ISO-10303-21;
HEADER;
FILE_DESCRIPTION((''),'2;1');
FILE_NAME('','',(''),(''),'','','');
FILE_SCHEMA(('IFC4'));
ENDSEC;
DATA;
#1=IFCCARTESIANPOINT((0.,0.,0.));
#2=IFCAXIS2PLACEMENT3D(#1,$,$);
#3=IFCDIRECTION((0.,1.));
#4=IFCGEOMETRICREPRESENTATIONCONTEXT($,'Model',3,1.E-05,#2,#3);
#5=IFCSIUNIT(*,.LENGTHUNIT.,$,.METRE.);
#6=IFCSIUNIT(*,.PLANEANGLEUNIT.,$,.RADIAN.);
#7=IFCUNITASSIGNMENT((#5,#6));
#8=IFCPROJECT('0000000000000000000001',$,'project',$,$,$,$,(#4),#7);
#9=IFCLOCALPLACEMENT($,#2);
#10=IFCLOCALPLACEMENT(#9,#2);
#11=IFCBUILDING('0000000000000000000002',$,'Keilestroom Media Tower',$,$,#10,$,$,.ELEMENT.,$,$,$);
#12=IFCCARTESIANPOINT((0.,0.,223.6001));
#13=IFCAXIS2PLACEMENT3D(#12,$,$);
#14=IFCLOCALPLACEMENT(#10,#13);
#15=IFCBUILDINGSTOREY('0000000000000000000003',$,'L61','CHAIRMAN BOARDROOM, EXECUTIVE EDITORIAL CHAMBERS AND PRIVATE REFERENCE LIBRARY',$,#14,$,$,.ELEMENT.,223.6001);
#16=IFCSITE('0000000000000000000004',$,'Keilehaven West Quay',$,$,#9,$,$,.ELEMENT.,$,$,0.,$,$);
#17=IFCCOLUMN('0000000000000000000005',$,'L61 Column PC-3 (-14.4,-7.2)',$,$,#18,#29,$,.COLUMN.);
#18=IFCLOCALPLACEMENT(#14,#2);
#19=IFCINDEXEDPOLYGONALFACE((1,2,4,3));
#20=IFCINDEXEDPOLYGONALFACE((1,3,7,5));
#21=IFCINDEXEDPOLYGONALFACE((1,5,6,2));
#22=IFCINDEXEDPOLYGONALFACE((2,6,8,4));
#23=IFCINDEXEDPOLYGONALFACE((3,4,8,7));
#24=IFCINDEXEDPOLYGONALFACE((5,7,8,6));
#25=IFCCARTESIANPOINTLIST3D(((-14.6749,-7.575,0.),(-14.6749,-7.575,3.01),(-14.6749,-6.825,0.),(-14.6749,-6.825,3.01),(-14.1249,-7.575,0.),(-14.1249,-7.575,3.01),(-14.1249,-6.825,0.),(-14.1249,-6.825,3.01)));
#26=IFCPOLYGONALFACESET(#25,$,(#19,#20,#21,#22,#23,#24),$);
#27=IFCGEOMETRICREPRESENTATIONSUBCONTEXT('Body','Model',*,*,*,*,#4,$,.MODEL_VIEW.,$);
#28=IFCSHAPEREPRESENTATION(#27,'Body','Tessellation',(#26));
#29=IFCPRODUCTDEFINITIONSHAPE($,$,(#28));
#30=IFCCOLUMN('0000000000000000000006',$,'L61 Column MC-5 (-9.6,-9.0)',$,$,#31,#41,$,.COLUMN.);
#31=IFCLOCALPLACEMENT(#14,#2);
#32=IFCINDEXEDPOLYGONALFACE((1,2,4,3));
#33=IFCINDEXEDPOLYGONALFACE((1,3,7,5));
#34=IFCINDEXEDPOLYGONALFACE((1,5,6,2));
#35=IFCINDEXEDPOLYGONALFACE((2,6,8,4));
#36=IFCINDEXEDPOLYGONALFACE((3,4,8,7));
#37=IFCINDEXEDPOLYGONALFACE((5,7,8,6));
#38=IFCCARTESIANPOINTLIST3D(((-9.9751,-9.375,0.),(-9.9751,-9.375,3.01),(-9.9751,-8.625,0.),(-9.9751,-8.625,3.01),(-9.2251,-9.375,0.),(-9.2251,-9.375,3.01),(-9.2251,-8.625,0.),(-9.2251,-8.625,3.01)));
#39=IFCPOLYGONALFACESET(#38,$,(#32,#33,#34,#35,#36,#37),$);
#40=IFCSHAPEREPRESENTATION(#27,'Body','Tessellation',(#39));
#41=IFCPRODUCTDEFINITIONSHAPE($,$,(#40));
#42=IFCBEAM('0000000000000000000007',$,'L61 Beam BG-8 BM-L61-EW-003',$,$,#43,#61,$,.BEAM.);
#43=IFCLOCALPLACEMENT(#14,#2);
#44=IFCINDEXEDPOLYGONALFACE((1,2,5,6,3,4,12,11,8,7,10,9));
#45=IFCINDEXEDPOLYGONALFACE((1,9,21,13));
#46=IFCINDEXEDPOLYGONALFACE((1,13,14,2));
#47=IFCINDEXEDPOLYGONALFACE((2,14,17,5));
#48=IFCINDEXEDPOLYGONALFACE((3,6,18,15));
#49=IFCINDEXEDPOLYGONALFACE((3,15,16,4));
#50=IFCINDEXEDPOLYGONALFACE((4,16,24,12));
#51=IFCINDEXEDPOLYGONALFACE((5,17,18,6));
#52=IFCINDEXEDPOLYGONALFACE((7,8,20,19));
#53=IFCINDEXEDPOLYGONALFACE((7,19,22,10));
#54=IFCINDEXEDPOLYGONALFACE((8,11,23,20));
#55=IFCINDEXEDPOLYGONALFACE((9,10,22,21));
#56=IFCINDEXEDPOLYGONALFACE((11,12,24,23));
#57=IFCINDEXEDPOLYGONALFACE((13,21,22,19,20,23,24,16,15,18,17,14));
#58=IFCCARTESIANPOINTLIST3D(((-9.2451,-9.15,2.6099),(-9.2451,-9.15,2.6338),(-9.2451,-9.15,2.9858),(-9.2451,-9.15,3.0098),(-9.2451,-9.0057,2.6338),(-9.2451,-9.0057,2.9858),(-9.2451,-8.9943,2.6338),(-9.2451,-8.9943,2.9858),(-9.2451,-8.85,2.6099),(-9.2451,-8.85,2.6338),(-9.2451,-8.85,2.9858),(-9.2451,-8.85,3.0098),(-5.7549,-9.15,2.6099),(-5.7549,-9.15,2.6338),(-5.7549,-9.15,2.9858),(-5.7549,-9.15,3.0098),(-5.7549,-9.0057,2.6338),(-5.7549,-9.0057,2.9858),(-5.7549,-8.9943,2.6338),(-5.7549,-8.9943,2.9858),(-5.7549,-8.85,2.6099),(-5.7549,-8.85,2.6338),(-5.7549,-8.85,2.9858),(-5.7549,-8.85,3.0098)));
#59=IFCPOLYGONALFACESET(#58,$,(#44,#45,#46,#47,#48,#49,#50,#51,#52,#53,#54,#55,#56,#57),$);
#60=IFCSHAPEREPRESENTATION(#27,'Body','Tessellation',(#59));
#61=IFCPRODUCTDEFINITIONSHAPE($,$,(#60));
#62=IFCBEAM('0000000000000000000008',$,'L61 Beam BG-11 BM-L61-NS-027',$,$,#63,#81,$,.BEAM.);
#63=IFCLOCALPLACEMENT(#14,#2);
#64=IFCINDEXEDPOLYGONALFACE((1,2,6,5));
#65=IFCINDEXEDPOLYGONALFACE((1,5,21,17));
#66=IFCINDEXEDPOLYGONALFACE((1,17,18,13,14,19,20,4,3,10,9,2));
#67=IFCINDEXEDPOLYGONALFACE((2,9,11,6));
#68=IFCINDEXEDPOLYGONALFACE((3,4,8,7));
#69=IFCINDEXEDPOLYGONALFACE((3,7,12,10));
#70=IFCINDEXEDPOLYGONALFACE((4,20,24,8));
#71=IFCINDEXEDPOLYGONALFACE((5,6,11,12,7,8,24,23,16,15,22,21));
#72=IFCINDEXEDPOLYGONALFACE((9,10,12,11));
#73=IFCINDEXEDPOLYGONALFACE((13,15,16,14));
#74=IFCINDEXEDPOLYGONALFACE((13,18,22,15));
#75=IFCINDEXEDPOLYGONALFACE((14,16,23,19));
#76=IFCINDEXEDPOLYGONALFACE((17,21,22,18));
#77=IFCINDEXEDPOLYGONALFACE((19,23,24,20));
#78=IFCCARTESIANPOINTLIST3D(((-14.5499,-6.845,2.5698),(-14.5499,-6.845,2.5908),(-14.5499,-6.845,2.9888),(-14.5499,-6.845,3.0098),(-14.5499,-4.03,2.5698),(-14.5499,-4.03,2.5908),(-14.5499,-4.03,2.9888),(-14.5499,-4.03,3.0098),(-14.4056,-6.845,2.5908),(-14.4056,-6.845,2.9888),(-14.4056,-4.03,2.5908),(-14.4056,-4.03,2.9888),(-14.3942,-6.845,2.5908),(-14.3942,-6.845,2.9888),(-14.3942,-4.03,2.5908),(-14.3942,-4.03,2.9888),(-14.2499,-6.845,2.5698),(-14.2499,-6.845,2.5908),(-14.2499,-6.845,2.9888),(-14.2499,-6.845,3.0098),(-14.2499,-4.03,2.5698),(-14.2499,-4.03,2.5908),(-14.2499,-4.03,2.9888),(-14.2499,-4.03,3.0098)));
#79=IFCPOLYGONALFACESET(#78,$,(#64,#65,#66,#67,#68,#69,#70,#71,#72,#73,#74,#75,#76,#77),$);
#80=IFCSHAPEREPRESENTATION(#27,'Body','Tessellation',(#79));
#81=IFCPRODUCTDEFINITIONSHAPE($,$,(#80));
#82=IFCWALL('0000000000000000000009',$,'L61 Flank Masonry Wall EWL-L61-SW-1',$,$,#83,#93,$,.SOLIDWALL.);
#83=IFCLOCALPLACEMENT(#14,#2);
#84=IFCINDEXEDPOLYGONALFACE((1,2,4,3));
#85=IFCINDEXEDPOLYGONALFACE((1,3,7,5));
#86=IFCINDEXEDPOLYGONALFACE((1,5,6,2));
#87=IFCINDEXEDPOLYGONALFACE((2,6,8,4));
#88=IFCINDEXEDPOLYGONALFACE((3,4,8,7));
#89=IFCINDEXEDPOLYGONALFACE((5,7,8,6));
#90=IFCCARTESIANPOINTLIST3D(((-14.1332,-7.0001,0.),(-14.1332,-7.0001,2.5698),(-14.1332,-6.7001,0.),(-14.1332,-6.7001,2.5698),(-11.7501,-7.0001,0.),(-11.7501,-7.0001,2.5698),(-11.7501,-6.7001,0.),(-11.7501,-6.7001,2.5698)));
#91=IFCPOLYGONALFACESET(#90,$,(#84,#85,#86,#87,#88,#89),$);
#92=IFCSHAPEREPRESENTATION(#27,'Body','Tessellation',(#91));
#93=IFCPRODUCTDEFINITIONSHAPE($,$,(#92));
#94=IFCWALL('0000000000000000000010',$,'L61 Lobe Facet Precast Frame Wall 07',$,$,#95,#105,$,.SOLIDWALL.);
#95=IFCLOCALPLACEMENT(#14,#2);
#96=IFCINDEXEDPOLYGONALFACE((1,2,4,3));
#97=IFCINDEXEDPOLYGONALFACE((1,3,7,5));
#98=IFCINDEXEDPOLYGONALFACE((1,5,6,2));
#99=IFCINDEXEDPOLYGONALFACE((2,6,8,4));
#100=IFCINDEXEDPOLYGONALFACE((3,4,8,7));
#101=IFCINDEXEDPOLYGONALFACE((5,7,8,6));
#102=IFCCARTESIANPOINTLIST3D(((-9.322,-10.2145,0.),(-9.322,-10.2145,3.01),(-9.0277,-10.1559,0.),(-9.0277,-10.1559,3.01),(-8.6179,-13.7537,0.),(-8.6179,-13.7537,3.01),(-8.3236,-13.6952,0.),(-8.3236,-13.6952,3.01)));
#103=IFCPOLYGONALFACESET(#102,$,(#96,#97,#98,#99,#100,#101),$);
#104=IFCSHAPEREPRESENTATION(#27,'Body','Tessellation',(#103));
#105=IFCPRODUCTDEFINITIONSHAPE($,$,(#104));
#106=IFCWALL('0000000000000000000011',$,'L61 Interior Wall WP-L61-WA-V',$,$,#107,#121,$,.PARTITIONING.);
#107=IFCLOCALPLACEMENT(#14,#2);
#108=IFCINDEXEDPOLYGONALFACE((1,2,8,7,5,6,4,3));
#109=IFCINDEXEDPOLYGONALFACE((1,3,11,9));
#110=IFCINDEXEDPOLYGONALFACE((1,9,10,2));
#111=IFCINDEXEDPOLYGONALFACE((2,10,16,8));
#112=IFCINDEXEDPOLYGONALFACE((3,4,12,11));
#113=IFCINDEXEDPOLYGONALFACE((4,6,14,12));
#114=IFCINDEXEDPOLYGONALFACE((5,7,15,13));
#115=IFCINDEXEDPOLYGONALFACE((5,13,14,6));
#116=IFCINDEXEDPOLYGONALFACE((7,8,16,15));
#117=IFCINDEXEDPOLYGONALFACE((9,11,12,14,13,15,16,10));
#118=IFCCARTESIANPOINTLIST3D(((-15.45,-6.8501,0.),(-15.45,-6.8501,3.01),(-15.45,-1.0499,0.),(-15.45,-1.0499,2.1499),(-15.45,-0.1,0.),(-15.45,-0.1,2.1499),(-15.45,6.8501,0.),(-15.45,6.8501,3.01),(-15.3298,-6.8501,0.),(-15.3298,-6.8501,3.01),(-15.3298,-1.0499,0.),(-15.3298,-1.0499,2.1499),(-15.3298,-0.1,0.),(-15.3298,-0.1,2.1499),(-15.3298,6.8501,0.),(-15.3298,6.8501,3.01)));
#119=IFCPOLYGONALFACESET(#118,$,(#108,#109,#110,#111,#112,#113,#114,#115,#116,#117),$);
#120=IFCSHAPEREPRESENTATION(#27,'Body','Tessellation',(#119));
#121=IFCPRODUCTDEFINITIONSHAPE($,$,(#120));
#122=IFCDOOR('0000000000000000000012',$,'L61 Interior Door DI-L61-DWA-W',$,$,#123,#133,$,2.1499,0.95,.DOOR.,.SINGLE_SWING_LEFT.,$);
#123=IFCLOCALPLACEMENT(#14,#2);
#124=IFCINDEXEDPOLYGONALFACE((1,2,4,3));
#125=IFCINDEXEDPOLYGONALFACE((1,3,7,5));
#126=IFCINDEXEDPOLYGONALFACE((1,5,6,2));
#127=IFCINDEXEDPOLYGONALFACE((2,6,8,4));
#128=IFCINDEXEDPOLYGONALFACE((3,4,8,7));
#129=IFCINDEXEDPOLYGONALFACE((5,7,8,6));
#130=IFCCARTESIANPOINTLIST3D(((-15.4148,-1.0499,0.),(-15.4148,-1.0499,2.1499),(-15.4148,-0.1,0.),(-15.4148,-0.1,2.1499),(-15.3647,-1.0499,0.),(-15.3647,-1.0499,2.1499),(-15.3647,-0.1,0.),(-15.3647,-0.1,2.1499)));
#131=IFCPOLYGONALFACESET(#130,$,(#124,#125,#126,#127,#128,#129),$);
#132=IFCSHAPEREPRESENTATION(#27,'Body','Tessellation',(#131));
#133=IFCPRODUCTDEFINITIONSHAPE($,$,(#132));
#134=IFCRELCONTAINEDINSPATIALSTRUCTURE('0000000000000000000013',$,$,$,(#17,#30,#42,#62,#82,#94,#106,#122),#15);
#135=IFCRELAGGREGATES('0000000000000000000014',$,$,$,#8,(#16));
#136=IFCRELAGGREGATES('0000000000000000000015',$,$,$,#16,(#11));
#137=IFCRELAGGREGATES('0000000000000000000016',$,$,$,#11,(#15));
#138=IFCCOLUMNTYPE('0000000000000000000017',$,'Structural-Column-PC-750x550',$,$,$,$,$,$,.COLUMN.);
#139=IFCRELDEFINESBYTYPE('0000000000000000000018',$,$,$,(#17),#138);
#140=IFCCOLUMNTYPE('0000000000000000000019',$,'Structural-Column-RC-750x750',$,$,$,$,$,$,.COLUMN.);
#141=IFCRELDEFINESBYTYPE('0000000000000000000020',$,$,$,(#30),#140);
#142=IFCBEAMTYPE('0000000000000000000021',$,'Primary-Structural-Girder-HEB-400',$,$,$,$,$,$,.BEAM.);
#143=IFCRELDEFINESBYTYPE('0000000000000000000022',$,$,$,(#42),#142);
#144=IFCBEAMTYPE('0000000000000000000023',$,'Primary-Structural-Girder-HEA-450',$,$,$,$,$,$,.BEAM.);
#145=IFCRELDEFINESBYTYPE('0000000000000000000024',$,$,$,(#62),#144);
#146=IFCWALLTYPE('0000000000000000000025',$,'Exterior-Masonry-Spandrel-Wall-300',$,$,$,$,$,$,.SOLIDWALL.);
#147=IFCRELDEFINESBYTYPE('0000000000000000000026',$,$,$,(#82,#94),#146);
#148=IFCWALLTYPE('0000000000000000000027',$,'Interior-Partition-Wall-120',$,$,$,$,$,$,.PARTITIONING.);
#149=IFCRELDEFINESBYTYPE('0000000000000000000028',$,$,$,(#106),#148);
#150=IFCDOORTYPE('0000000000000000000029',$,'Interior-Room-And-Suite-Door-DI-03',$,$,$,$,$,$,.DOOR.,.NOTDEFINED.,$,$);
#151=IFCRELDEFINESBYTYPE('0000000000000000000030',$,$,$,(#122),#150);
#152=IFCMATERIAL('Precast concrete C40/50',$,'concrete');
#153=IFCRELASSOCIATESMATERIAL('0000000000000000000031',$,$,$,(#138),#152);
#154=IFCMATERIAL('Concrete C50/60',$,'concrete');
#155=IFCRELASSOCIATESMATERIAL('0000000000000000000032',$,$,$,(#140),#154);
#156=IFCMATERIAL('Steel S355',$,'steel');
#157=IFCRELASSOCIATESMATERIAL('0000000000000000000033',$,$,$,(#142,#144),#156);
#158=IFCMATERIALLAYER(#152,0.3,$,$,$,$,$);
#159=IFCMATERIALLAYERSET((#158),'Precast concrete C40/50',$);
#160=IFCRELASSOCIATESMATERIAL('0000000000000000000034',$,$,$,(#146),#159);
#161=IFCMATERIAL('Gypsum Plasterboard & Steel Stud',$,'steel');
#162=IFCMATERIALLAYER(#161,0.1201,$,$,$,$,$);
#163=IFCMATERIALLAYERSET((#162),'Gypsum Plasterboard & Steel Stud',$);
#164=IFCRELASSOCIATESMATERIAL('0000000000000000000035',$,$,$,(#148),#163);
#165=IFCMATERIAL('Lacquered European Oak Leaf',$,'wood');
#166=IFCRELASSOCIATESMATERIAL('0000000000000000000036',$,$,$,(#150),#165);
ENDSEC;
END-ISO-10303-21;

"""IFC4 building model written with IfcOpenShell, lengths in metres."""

from ifc_helpers import new_model, si_unit, direction, frame, frame_2d, origin, origin_2d, place, context, subcontext, project, spatial, rectangle, i_section, extrude, source, transform, mapped, material, layer, layer_set, material_profile, profile_set, type_object, element, fill, save


model = new_model("IFC4")

# Units and contexts
model_context = context("Model", 3, precision=1e-05, world=origin(), true_north=direction((0.0, 1.0)))
body_context = subcontext(model_context, "Body", "Model", "MODEL_VIEW")
ifc_project = project(units=[si_unit("LENGTHUNIT", "METRE"), si_unit("PLANEANGLEUNIT", "RADIAN")], contexts=[model_context])

# Site, building, storey
site_placement = place(None, origin())
site = spatial("IfcSite", under=ifc_project, at=site_placement, Name="Keilehaven West Quay", CompositionType="ELEMENT", RefElevation=0.0)
building_placement = place(site_placement, origin())
building = spatial("IfcBuilding", under=site, at=building_placement, Name="Keilestroom Media Tower", CompositionType="ELEMENT")
storey_placement = place(building_placement, frame((0.0, 0.0, 223.6001)))
storey = spatial("IfcBuildingStorey", under=building, at=storey_placement, Name="L61", Description="CHAIRMAN BOARDROOM, EXECUTIVE EDITORIAL CHAMBERS AND PRIVATE REFERENCE LIBRARY", CompositionType="ELEMENT", Elevation=223.6001)

# Columns
ifc_material_1 = material(Name="Precast concrete C40/50", Category="concrete")
ifc_material_profile_1 = material_profile(ifc_material_1, rectangle(XDim=0.55, YDim=0.75, at=origin_2d()), Name="PC 750x550")
ifc_profile_set_1 = profile_set([ifc_material_profile_1], Name="Precast concrete C40/50")
column_type_1 = type_object("IfcColumnType", Name="Structural-Column-PC-750x550", PredefinedType="COLUMN", material=ifc_profile_set_1)
shared_shape_1 = source(origin(), body_context, "Body", "SweptSolid", [
    extrude(rectangle(XDim=0.55, YDim=0.75, at=origin_2d()), origin(), (0.0, 0.0, 1.0), 3.01),
])
column_1_placement = place(storey_placement, frame((-14.3999, -7.2, 0.0), z_axis=(0.0, 0.0, 1.0), x_axis=(1.0, 0.0, 0.0)))
element("IfcColumn", 1, at=column_1_placement, inside=storey, type_object=column_type_1, Name="L61 Column PC-3 (-14.4,-7.2)", PredefinedType="COLUMN", context=body_context, shape_type="MappedRepresentation", body=[
    mapped(shared_shape_1, transform((0.0, 0.0, 0.0), x_axis=(1.0, 0.0, 0.0), y_axis=(0.0, 1.0, 0.0), z_axis=(0.0, 0.0, 1.0), scale=1.0)),
])
ifc_material_2 = material(Name="Concrete C50/60", Category="concrete")
ifc_material_profile_2 = material_profile(ifc_material_2, rectangle(XDim=0.75, YDim=0.75, at=origin_2d()), Name="RC 750x750")
ifc_profile_set_2 = profile_set([ifc_material_profile_2], Name="Concrete C50/60")
column_type_2 = type_object("IfcColumnType", Name="Structural-Column-RC-750x750", PredefinedType="COLUMN", material=ifc_profile_set_2)
shared_shape_2 = source(origin(), body_context, "Body", "SweptSolid", [
    extrude(rectangle(XDim=0.75, YDim=0.75, at=origin_2d()), origin(), (0.0, 0.0, 1.0), 3.01),
])
column_2_placement = place(storey_placement, frame((-9.6001, -9.0, 0.0), z_axis=(0.0, 0.0, 1.0), x_axis=(1.0, 0.0, 0.0)))
element("IfcColumn", 2, at=column_2_placement, inside=storey, type_object=column_type_2, Name="L61 Column MC-5 (-9.6,-9.0)", PredefinedType="COLUMN", context=body_context, shape_type="MappedRepresentation", body=[
    mapped(shared_shape_2, transform((0.0, 0.0, 0.0), x_axis=(1.0, 0.0, 0.0), y_axis=(0.0, 1.0, 0.0), z_axis=(0.0, 0.0, 1.0), scale=1.0)),
])

# Beams
ifc_material_3 = material(Name="Steel S355", Category="steel")
ifc_material_profile_3 = material_profile(ifc_material_3, i_section(OverallWidth=0.3, OverallDepth=0.3999, WebThickness=0.0115, FlangeThickness=0.0239, at=origin_2d()), Name="HEB 400")
ifc_profile_set_3 = profile_set([ifc_material_profile_3], Name="Steel S355")
beam_type_1 = type_object("IfcBeamType", Name="Primary-Structural-Girder-HEB-400", PredefinedType="BEAM", material=ifc_profile_set_3)
shared_shape_3 = source(origin(), body_context, "Body", "SweptSolid", [
    extrude(i_section(OverallWidth=0.3, OverallDepth=0.3999, WebThickness=0.0115, FlangeThickness=0.0239, at=origin_2d()), origin(), (0.0, 0.0, 1.0), 3.4902),
])
beam_1_placement = place(storey_placement, frame((-9.2451, -9.0, 2.8098), z_axis=(1.0, 0.0, 0.0), x_axis=(0.0, 1.0, 0.0)))
element("IfcBeam", 3, at=beam_1_placement, inside=storey, type_object=beam_type_1, Name="L61 Beam BG-8 BM-L61-EW-003", PredefinedType="BEAM", context=body_context, shape_type="MappedRepresentation", body=[
    mapped(shared_shape_3, transform((0.0, 0.0, 0.0), x_axis=(1.0, 0.0, 0.0), y_axis=(0.0, 1.0, 0.0), z_axis=(0.0, 0.0, 1.0), scale=1.0)),
])
ifc_material_profile_4 = material_profile(ifc_material_3, i_section(OverallWidth=0.3, OverallDepth=0.4399, WebThickness=0.0115, FlangeThickness=0.021, at=origin_2d()), Name="HEA 450")
ifc_profile_set_4 = profile_set([ifc_material_profile_4], Name="Steel S355")
beam_type_2 = type_object("IfcBeamType", Name="Primary-Structural-Girder-HEA-450", PredefinedType="BEAM", material=ifc_profile_set_4)
shared_shape_4 = source(origin(), body_context, "Body", "SweptSolid", [
    extrude(i_section(OverallWidth=0.3, OverallDepth=0.4399, WebThickness=0.0115, FlangeThickness=0.021, at=origin_2d()), origin(), (0.0, 0.0, 1.0), 2.8149),
])
beam_2_placement = place(storey_placement, frame((-14.3999, -6.845, 2.7898), z_axis=(0.0, 1.0, 0.0), x_axis=(-1.0, 0.0, 0.0)))
element("IfcBeam", 4, at=beam_2_placement, inside=storey, type_object=beam_type_2, Name="L61 Beam BG-11 BM-L61-NS-027", PredefinedType="BEAM", context=body_context, shape_type="MappedRepresentation", body=[
    mapped(shared_shape_4, transform((0.0, 0.0, 0.0), x_axis=(1.0, 0.0, 0.0), y_axis=(0.0, 1.0, 0.0), z_axis=(0.0, 0.0, 1.0), scale=1.0)),
])

# Walls
ifc_layer_1 = layer(ifc_material_1, 0.3)
ifc_layer_set_1 = layer_set([ifc_layer_1], Name="Precast concrete C40/50")
wall_type_1 = type_object("IfcWallType", Name="Exterior-Masonry-Spandrel-Wall-300", PredefinedType="SOLIDWALL", material=ifc_layer_set_1)
wall_1_placement = place(storey_placement, frame((-14.1331, -6.8501, 0.0), z_axis=(0.0, 0.0, 1.0), x_axis=(1.0, 0.0, 0.0)))
element("IfcWall", 5, at=wall_1_placement, inside=storey, type_object=wall_type_1, Name="L61 Flank Masonry Wall EWL-L61-SW-1", PredefinedType="SOLIDWALL", context=body_context, shape_type="SweptSolid", body=[
    extrude(rectangle(XDim=2.3831, YDim=0.3, at=frame_2d((1.1914, 0.0))), origin(), (0.0, 0.0, 1.0), 2.5698),
])
wall_2_placement = place(storey_placement, frame((-9.1748, -10.1853, 0.0), z_axis=(0.0, 0.0, 1.0), x_axis=(0.195114, -0.980781, 0.0)))
element("IfcWall", 6, at=wall_2_placement, inside=storey, type_object=wall_type_1, Name="L61 Lobe Facet Precast Frame Wall 07", PredefinedType="SOLIDWALL", context=body_context, shape_type="SweptSolid", body=[
    extrude(rectangle(XDim=3.6086, YDim=0.3, at=frame_2d((1.8042, 0.0))), origin(), (0.0, 0.0, 1.0), 3.01),
])

# Wall, opening, door
ifc_material_4 = material(Name="Gypsum Plasterboard & Steel Stud", Category="steel")
ifc_layer_2 = layer(ifc_material_4, 0.1201)
ifc_layer_set_2 = layer_set([ifc_layer_2], Name="Gypsum Plasterboard & Steel Stud")
wall_type_2 = type_object("IfcWallType", Name="Interior-Partition-Wall-120", PredefinedType="PARTITIONING", material=ifc_layer_set_2)
wall_3_placement = place(storey_placement, frame((-15.3899, -6.8501, 0.0), z_axis=(0.0, 0.0, 1.0), x_axis=(0.0, 1.0, 0.0)))
wall_3 = element("IfcWall", 7, at=wall_3_placement, inside=storey, type_object=wall_type_2, Name="L61 Interior Wall WP-L61-WA-V", PredefinedType="PARTITIONING", context=body_context, shape_type="SweptSolid", body=[
    extrude(rectangle(XDim=13.7002, YDim=0.1201, at=frame_2d((6.8501, 0.0))), origin(), (0.0, 0.0, 1.0), 3.01),
])
opening_1_placement = place(wall_3_placement, frame((5.8, 0.0, 0.0)))
opening_1 = element("IfcOpeningElement", 8, at=opening_1_placement, cuts=wall_3, PredefinedType="OPENING", context=body_context, shape_type="SweptSolid", body=[
    extrude(rectangle(XDim=0.95, YDim=2.1499, at=frame_2d((0.4751, 1.075))), frame((0.0, 0.0701, 0.0), z_axis=(0.0, -1.0, 0.0), x_axis=(1.0, 0.0, 0.0)), (0.0, 0.0, 1.0), 0.1401),
])
ifc_material_5 = material(Name="Lacquered European Oak Leaf", Category="wood")
door_type_1 = type_object("IfcDoorType", Name="Interior-Room-And-Suite-Door-DI-03", OperationType="NOTDEFINED", PredefinedType="DOOR", material=ifc_material_5)
shared_shape_5 = source(origin(), body_context, "Body", "SweptSolid", [
    extrude(rectangle(XDim=0.95, YDim=2.1499, at=frame_2d((0.4751, 1.075))), frame((0.0, 0.0249, 0.0), z_axis=(0.0, -1.0, 0.0), x_axis=(1.0, 0.0, 0.0)), (0.0, 0.0, 1.0), 0.05),
])
door_1_placement = place(opening_1_placement, origin())
door_1 = element("IfcDoor", 9, at=door_1_placement, inside=storey, type_object=door_type_1, Name="L61 Interior Door DI-L61-DWA-W", OperationType="SINGLE_SWING_LEFT", OverallHeight=2.1499, OverallWidth=0.95, PredefinedType="DOOR", context=body_context, shape_type="MappedRepresentation", body=[
    mapped(shared_shape_5, transform((0.0, 0.0, 0.0), x_axis=(1.0, 0.0, 0.0), y_axis=(0.0, 1.0, 0.0), z_axis=(0.0, 0.0, 1.0), scale=1.0)),
])
fill(opening_1, door_1)

save(model, "model.ifc")
